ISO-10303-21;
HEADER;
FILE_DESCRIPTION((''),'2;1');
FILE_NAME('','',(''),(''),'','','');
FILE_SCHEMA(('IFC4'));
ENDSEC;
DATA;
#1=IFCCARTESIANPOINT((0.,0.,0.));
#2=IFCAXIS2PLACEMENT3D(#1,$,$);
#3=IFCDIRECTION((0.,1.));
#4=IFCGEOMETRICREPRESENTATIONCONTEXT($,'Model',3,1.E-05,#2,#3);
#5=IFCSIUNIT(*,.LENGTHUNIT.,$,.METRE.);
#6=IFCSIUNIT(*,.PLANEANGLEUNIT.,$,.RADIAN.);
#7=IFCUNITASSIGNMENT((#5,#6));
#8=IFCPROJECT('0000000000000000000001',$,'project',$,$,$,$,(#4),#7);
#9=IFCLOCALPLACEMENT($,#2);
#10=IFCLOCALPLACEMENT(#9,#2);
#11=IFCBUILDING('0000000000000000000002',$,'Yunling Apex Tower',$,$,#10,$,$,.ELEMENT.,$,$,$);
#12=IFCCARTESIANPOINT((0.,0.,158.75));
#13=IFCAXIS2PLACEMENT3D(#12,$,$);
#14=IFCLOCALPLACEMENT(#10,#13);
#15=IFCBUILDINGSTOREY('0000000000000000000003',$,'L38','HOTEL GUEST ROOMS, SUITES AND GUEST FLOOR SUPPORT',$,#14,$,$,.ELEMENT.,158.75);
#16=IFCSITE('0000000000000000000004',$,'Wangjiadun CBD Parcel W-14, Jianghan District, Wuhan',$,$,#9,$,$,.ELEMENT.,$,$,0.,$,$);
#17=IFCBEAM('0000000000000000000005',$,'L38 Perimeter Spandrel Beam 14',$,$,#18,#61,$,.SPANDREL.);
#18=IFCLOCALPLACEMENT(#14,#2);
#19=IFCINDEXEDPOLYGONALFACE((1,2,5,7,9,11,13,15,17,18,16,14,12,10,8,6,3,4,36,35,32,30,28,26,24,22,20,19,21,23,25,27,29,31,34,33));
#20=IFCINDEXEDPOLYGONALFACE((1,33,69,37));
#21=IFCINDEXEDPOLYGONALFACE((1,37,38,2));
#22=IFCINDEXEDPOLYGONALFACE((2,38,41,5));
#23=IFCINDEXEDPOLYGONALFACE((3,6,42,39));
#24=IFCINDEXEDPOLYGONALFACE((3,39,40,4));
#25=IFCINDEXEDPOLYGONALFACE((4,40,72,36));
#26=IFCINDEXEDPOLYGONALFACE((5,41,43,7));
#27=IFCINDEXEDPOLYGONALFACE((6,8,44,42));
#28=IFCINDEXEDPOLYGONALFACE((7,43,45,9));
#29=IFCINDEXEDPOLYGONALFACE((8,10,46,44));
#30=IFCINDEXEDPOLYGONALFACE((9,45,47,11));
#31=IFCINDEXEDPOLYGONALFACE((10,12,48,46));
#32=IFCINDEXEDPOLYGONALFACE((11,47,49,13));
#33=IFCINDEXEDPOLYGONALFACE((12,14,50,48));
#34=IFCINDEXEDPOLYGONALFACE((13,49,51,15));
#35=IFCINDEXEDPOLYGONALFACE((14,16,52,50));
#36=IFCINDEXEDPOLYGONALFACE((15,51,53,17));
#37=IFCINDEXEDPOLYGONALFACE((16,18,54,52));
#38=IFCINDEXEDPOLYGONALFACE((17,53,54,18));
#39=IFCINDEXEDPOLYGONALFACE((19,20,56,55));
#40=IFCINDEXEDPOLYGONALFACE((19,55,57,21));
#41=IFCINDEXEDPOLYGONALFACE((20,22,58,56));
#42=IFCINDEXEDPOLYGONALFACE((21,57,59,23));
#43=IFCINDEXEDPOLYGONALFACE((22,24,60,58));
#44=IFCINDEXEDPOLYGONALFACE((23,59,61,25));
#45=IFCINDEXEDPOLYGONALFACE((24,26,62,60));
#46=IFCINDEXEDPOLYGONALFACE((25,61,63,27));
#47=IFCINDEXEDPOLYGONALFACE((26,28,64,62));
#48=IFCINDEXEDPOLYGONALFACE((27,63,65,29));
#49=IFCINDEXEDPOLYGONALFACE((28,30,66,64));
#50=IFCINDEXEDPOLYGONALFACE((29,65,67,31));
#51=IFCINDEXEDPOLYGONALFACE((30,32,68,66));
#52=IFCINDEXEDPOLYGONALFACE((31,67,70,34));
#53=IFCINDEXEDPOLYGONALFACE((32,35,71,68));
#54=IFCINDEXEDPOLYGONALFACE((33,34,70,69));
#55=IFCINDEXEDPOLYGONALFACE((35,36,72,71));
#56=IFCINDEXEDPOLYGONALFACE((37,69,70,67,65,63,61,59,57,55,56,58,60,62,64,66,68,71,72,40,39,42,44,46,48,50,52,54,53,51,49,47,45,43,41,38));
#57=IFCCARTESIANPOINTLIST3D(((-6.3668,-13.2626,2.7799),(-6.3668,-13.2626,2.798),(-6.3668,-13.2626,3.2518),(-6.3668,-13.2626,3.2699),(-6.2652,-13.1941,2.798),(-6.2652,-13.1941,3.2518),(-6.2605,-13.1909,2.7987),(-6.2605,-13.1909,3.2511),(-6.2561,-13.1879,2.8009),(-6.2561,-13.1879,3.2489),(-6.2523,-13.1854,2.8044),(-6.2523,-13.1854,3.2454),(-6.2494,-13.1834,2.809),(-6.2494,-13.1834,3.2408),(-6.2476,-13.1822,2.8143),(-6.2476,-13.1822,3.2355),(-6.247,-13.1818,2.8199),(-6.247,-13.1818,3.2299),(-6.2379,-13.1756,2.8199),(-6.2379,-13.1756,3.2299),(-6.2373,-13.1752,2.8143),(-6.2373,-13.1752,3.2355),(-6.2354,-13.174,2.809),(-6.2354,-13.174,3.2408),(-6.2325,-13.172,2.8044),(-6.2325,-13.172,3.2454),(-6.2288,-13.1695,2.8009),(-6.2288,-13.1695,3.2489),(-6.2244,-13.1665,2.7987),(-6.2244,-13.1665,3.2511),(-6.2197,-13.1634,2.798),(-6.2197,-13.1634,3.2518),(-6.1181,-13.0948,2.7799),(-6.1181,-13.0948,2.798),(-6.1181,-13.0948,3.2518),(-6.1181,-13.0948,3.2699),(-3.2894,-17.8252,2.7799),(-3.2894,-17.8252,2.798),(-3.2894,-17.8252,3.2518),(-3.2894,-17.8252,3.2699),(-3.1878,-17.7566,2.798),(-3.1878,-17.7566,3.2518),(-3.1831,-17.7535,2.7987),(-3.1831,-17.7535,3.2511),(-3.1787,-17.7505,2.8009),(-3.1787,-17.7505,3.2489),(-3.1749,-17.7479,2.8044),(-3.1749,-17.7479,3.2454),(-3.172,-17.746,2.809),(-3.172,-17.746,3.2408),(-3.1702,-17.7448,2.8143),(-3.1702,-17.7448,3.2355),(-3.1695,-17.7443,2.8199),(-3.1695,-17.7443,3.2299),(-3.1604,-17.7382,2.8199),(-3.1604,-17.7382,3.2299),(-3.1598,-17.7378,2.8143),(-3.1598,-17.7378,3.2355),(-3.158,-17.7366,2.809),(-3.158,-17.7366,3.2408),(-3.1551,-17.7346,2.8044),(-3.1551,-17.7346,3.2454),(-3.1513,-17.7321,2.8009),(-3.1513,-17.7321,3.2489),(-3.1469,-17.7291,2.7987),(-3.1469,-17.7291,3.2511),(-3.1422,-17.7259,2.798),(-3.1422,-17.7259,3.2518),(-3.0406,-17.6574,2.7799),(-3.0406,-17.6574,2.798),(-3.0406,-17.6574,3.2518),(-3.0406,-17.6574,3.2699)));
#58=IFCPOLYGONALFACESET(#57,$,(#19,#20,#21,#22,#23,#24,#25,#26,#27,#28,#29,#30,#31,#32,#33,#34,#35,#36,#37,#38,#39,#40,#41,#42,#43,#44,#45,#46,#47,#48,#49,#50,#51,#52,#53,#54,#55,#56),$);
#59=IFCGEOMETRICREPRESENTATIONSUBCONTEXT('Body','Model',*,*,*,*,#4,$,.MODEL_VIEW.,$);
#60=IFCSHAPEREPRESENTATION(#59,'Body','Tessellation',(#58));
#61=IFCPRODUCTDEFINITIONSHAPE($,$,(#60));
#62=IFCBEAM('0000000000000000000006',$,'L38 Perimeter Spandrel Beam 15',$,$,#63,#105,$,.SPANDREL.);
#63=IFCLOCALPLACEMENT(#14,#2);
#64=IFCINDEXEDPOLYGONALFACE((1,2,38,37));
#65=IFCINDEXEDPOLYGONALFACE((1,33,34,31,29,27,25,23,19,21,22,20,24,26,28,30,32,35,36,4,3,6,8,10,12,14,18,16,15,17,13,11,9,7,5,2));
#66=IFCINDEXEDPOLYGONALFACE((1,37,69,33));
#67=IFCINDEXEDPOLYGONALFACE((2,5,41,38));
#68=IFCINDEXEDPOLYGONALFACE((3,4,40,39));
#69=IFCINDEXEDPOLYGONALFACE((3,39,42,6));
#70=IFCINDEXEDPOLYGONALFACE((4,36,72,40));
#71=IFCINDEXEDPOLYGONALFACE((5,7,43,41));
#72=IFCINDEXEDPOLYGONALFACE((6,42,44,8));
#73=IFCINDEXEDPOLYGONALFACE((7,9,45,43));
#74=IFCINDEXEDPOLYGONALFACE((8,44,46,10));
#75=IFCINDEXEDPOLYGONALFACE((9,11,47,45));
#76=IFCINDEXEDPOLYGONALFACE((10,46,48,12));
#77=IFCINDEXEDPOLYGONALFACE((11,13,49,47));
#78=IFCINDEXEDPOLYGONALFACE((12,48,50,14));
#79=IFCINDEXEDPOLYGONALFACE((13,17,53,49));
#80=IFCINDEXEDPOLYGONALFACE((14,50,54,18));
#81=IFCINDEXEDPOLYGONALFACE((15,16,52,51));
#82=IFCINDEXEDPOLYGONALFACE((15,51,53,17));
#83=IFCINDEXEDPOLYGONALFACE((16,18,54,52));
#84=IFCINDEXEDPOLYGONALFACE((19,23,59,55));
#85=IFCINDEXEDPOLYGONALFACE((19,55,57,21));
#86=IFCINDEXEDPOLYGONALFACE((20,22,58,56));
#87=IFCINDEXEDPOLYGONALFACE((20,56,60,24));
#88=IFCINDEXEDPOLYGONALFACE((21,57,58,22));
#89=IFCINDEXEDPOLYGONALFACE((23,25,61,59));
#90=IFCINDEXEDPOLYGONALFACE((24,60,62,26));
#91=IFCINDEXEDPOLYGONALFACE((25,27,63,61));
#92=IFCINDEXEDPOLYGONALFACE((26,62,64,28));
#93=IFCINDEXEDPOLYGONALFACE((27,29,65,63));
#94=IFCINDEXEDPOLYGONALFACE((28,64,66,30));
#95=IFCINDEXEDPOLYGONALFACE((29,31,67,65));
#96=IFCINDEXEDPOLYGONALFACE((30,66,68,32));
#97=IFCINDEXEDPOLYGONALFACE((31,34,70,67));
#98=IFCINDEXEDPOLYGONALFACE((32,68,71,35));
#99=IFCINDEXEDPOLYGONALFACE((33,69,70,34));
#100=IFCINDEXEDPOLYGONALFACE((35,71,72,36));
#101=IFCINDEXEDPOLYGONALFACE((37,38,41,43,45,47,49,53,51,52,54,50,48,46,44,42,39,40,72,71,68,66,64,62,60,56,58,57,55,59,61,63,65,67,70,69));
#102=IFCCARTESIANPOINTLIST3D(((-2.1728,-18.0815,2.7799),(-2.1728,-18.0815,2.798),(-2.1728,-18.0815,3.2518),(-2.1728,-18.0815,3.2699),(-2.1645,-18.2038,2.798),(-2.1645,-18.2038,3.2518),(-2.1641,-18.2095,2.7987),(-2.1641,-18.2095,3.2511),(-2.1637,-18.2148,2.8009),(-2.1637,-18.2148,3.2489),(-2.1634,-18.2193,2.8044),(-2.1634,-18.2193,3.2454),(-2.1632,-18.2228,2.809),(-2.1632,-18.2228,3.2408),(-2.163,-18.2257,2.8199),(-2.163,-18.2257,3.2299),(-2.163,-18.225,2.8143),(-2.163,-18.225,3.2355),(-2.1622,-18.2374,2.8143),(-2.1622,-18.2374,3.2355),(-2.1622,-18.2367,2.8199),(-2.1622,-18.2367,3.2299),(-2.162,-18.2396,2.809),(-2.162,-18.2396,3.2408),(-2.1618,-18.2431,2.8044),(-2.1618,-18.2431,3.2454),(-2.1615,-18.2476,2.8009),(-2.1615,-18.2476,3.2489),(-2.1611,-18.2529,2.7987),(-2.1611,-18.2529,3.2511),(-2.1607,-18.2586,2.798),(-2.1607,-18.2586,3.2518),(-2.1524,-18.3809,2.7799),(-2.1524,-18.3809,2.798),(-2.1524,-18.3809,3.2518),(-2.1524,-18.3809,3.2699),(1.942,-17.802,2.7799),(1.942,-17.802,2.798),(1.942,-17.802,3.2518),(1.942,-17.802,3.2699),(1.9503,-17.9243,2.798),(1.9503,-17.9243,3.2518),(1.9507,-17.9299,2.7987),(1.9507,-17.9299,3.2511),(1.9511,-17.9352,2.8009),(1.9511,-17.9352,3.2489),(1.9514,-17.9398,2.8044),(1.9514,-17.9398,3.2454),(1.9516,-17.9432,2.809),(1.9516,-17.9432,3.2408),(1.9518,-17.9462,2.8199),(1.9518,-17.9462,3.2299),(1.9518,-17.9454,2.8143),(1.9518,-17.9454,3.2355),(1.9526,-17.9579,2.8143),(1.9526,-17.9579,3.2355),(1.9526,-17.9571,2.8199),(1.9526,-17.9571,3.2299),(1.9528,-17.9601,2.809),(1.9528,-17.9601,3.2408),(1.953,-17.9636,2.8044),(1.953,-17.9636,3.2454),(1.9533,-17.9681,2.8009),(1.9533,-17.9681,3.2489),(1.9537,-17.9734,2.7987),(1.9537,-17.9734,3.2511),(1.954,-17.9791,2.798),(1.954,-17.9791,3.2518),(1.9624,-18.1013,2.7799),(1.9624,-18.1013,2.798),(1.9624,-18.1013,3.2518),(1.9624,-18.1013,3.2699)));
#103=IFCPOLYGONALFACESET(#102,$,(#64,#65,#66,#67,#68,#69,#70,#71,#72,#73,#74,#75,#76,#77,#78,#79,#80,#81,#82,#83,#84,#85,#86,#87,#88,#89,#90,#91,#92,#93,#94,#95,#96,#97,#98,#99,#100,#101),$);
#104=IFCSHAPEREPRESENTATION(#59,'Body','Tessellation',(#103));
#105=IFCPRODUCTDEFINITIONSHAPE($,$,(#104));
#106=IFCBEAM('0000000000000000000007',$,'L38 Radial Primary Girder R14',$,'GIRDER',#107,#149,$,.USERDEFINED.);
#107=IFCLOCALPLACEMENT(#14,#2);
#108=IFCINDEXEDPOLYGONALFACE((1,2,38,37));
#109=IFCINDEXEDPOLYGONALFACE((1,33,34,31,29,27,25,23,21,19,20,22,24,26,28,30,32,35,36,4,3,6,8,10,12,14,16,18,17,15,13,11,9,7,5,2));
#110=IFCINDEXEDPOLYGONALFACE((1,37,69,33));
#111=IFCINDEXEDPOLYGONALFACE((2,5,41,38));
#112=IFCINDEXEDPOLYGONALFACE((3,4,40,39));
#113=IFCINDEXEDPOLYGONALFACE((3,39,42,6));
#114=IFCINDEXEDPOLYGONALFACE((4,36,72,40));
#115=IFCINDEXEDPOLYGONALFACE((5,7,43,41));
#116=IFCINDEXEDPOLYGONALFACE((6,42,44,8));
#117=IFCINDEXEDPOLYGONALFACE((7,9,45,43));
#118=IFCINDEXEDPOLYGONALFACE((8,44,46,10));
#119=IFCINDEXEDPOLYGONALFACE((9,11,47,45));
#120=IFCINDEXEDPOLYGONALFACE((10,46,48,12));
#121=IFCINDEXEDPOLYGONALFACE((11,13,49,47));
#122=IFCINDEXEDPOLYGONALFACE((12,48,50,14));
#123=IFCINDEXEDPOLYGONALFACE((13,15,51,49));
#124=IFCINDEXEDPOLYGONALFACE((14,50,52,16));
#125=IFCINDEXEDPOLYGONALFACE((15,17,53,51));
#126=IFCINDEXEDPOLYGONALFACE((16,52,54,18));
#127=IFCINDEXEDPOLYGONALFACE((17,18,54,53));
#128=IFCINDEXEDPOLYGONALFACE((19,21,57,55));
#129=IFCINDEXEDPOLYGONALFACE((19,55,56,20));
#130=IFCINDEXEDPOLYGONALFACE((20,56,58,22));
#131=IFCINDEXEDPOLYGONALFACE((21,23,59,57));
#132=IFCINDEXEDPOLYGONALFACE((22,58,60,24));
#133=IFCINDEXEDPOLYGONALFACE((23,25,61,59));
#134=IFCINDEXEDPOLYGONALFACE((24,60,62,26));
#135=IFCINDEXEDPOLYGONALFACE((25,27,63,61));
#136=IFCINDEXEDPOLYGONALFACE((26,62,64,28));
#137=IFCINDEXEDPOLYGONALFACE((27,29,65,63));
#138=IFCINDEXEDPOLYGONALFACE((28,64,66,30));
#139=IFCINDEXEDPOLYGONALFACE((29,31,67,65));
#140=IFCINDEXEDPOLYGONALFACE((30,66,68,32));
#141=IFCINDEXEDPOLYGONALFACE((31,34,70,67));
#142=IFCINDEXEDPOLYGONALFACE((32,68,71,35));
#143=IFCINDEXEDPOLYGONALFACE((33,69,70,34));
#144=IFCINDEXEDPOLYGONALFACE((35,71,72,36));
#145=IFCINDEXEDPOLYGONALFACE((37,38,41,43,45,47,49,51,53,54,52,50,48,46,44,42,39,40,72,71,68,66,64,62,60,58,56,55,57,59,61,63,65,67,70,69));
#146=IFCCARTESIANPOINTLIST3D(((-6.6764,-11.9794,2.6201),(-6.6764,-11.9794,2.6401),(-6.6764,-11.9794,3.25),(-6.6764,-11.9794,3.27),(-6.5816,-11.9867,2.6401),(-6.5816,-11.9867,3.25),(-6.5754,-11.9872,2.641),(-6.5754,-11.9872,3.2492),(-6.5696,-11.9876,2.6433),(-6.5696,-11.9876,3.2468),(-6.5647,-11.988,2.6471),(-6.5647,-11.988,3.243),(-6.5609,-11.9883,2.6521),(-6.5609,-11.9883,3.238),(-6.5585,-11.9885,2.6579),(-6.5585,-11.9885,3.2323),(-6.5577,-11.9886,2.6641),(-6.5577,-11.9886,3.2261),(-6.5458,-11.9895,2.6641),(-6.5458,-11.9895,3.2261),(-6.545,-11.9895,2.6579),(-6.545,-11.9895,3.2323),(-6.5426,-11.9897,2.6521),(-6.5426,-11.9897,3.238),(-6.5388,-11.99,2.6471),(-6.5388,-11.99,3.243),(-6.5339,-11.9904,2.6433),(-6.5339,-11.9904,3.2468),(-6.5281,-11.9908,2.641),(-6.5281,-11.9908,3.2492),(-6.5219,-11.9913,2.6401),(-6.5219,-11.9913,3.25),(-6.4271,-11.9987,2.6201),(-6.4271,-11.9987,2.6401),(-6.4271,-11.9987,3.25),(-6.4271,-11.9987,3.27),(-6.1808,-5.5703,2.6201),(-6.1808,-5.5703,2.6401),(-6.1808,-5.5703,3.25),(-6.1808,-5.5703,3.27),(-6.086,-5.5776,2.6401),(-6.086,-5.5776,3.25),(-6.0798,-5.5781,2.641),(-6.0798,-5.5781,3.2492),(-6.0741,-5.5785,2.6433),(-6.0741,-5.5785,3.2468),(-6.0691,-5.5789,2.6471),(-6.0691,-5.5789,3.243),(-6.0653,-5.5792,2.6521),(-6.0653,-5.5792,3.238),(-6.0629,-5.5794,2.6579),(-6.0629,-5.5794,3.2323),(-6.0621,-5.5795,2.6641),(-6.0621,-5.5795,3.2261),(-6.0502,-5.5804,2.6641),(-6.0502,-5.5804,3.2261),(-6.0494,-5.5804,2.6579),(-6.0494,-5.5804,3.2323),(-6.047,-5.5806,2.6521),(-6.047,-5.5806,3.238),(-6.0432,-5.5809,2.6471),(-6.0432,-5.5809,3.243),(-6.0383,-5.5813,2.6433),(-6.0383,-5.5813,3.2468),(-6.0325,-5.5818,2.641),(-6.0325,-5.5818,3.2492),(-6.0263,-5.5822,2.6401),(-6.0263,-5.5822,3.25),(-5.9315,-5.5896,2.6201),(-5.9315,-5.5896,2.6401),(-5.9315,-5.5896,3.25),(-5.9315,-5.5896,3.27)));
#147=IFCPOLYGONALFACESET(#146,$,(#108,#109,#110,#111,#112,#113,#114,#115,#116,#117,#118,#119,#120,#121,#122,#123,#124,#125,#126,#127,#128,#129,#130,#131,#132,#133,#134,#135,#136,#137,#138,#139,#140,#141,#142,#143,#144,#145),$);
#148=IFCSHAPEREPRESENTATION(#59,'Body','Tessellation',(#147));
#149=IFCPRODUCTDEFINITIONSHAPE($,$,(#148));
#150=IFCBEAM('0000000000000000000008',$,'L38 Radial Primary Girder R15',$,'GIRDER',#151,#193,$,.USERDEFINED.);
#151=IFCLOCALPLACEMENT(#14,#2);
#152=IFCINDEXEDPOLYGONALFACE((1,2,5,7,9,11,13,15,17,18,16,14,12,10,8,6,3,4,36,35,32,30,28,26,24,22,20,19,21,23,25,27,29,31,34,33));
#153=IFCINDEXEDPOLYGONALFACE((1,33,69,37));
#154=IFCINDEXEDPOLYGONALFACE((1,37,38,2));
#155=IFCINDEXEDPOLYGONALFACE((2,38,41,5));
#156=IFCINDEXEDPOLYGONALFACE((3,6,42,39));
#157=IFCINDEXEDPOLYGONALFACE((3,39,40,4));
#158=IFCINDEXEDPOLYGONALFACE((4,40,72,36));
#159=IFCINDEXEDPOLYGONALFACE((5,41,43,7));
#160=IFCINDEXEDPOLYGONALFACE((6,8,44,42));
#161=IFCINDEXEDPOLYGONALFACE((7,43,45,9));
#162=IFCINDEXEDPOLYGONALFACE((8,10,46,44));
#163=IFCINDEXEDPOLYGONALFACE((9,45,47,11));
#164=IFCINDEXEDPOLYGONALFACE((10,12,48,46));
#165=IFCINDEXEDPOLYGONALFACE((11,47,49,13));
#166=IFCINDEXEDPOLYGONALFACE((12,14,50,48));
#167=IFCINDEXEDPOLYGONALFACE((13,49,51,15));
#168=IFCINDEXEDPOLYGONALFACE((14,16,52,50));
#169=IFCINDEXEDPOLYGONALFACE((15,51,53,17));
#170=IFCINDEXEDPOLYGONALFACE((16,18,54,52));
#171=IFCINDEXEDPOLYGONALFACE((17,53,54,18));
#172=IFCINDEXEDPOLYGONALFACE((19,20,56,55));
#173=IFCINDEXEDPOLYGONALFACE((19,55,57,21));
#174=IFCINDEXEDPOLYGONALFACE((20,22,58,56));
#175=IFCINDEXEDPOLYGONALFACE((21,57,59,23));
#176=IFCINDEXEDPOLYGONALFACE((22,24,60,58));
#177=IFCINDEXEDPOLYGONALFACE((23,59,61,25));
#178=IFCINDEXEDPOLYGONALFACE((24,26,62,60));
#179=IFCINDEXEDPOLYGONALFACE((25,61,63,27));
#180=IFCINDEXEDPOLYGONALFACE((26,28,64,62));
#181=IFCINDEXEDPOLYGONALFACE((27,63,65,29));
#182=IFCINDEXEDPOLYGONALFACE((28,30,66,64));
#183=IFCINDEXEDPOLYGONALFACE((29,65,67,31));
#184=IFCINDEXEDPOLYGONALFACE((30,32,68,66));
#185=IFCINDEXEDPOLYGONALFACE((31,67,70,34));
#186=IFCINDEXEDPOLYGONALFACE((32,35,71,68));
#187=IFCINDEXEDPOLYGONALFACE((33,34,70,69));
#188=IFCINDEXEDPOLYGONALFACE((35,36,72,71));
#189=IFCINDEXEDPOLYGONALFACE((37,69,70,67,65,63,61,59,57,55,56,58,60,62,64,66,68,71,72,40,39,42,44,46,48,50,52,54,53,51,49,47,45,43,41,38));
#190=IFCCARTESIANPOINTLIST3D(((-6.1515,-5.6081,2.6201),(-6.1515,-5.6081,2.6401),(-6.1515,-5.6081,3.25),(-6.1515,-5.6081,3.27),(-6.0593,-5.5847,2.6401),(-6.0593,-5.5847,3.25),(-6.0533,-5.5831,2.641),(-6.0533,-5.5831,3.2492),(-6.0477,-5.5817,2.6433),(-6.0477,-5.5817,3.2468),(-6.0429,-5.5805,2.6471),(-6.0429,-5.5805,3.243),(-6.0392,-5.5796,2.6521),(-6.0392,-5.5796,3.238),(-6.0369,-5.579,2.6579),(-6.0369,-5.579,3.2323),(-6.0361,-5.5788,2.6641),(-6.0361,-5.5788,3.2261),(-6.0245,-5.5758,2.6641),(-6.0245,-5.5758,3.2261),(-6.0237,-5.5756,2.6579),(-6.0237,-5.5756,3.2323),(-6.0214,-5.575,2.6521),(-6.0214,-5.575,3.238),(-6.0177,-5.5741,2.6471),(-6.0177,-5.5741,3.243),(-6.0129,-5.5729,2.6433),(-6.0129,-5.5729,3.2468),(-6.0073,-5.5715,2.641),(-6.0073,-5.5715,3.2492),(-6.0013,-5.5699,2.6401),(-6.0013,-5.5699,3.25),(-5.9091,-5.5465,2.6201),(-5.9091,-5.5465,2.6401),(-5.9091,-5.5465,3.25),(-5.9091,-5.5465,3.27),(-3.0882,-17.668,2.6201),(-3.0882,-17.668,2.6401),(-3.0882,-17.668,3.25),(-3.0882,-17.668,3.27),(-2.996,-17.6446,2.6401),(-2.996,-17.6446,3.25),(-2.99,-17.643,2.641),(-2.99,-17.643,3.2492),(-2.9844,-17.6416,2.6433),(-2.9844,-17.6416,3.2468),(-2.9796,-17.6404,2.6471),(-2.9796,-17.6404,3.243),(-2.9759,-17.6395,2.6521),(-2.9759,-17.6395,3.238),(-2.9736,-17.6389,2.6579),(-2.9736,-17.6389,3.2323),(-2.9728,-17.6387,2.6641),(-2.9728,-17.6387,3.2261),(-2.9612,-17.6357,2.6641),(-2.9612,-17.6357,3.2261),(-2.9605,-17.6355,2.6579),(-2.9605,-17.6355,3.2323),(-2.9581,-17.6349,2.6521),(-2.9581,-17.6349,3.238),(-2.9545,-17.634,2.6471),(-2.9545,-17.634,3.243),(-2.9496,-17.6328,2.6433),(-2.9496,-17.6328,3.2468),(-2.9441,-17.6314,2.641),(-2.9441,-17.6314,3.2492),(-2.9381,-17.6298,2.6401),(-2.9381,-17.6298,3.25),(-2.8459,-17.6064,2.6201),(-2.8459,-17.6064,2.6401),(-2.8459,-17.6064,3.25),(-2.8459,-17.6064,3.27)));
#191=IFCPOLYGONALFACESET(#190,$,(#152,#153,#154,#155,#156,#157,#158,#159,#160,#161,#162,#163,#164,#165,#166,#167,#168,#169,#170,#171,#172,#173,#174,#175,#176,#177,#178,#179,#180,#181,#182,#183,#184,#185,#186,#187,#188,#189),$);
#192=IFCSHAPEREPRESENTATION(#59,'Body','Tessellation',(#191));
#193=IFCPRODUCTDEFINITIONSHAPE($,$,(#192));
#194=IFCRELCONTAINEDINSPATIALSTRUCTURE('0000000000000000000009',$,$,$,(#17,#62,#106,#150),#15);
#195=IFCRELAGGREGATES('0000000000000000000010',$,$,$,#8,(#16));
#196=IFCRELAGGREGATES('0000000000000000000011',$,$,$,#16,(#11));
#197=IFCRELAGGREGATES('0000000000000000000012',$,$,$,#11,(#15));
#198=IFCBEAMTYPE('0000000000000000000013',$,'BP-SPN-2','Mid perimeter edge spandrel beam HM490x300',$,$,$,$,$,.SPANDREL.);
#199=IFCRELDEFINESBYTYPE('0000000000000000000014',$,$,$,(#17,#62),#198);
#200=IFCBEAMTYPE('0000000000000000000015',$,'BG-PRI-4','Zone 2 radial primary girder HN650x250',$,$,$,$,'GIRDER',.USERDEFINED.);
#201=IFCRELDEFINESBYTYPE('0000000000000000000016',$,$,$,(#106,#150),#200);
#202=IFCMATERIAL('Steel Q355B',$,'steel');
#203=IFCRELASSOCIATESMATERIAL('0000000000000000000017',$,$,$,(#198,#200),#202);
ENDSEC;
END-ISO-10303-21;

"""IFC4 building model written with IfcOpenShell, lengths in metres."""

from ifc_helpers import new_model, si_unit, direction, frame, origin, origin_2d, place, context, subcontext, project, spatial, i_section, extrude, source, transform, mapped, material, material_profile, profile_set, type_object, element, save


model = new_model("IFC4")

# Units and contexts
model_context = context("Model", 3, precision=1e-05, world=origin(), true_north=direction((0.0, 1.0)))
body_context = subcontext(model_context, "Body", "Model", "MODEL_VIEW")
ifc_project = project(units=[si_unit("LENGTHUNIT", "METRE"), si_unit("PLANEANGLEUNIT", "RADIAN")], contexts=[model_context])

# Site, building, storey
site_placement = place(None, origin())
site = spatial("IfcSite", under=ifc_project, at=site_placement, Name="Wangjiadun CBD Parcel W-14, Jianghan District, Wuhan", CompositionType="ELEMENT", RefElevation=0.0)
building_placement = place(site_placement, origin())
building = spatial("IfcBuilding", under=site, at=building_placement, Name="Yunling Apex Tower", CompositionType="ELEMENT")
storey_placement = place(building_placement, frame((0.0, 0.0, 158.75)))
storey = spatial("IfcBuildingStorey", under=building, at=storey_placement, Name="L38", Description="HOTEL GUEST ROOMS, SUITES AND GUEST FLOOR SUPPORT", CompositionType="ELEMENT", Elevation=158.75)

# Beams
ifc_material_1 = material(Name="Steel Q355B", Category="steel")
ifc_material_profile_1 = material_profile(ifc_material_1, i_section(OverallWidth=0.3, OverallDepth=0.49, WebThickness=0.011, FlangeThickness=0.0181, FilletRadius=0.022, at=origin_2d()))
ifc_profile_set_1 = profile_set([ifc_material_profile_1], Name="Steel Q355B")
beam_type_1 = type_object("IfcBeamType", Name="BP-SPN-2", Description="Mid perimeter edge spandrel beam HM490x300", PredefinedType="SPANDREL", material=ifc_profile_set_1)
shared_shape_1 = source(origin(), body_context, "Body", "SweptSolid", [
    extrude(i_section(OverallWidth=0.3, OverallDepth=0.49, WebThickness=0.011, FlangeThickness=0.0181, FilletRadius=0.022, at=origin_2d()), origin(), (0.0, 0.0, 1.0), 5.5034),
])
beam_1_placement = place(storey_placement, frame((-6.2424, -13.1787, 3.0249), z_axis=(0.559186, -0.829042, 0.0), x_axis=(0.829042, 0.559186, 0.0)))
element("IfcBeam", 1, at=beam_1_placement, inside=storey, type_object=beam_type_1, Name="L38 Perimeter Spandrel Beam 14", PredefinedType="SPANDREL", context=body_context, shape_type="MappedRepresentation", body=[
    mapped(shared_shape_1, transform((0.0, 0.0, 0.0), scale=1.0)),
])
shared_shape_2 = source(origin(), body_context, "Body", "SweptSolid", [
    extrude(i_section(OverallWidth=0.3, OverallDepth=0.49, WebThickness=0.011, FlangeThickness=0.0181, FilletRadius=0.022, at=origin_2d()), origin(), (0.0, 0.0, 1.0), 4.1243),
])
beam_2_placement = place(storey_placement, frame((-2.1626, -18.2312, 3.0249), z_axis=(0.9977, 0.06778, 0.0), x_axis=(-0.06778, 0.9977, 0.0)))
element("IfcBeam", 2, at=beam_2_placement, inside=storey, type_object=beam_type_1, Name="L38 Perimeter Spandrel Beam 15", PredefinedType="SPANDREL", context=body_context, shape_type="MappedRepresentation", body=[
    mapped(shared_shape_2, transform((0.0, 0.0, 0.0), scale=1.0)),
])
ifc_material_profile_2 = material_profile(ifc_material_1, i_section(OverallWidth=0.25, OverallDepth=0.6499, WebThickness=0.012, FlangeThickness=0.02, FilletRadius=0.0239, at=origin_2d()))
ifc_profile_set_2 = profile_set([ifc_material_profile_2], Name="Steel Q355B")
beam_type_2 = type_object("IfcBeamType", Name="BG-PRI-4", Description="Zone 2 radial primary girder HN650x250", ElementType="GIRDER", PredefinedType="USERDEFINED", material=ifc_profile_set_2)
shared_shape_3 = source(origin(), body_context, "Body", "SweptSolid", [
    extrude(i_section(OverallWidth=0.25, OverallDepth=0.6499, WebThickness=0.012, FlangeThickness=0.02, FilletRadius=0.0239, at=origin_2d()), origin(), (0.0, 0.0, 1.0), 6.4282),
])
beam_3_placement = place(storey_placement, frame((-6.5518, -11.989, 2.9451), z_axis=(0.077097, 0.997024, 0.0), x_axis=(-0.997024, 0.077097, 0.0)))
element("IfcBeam", 3, at=beam_3_placement, inside=storey, type_object=beam_type_2, Name="L38 Radial Primary Girder R14", ObjectType="GIRDER", PredefinedType="USERDEFINED", context=body_context, shape_type="MappedRepresentation", body=[
    mapped(shared_shape_3, transform((0.0, 0.0, 0.0), scale=1.0)),
])
shared_shape_4 = source(origin(), body_context, "Body", "SweptSolid", [
    extrude(i_section(OverallWidth=0.25, OverallDepth=0.6499, WebThickness=0.012, FlangeThickness=0.02, FilletRadius=0.0239, at=origin_2d()), origin(), (0.0, 0.0, 1.0), 12.4429),
])
beam_4_placement = place(storey_placement, frame((-2.967, -17.6372, 2.9451), z_axis=(-0.246186, 0.969223, 0.0), x_axis=(-0.969223, -0.246186, 0.0)))
element("IfcBeam", 4, at=beam_4_placement, inside=storey, type_object=beam_type_2, Name="L38 Radial Primary Girder R15", ObjectType="GIRDER", PredefinedType="USERDEFINED", context=body_context, shape_type="MappedRepresentation", body=[
    mapped(shared_shape_4, transform((0.0, 0.0, 0.0), scale=1.0)),
])

save(model, "model.ifc")
